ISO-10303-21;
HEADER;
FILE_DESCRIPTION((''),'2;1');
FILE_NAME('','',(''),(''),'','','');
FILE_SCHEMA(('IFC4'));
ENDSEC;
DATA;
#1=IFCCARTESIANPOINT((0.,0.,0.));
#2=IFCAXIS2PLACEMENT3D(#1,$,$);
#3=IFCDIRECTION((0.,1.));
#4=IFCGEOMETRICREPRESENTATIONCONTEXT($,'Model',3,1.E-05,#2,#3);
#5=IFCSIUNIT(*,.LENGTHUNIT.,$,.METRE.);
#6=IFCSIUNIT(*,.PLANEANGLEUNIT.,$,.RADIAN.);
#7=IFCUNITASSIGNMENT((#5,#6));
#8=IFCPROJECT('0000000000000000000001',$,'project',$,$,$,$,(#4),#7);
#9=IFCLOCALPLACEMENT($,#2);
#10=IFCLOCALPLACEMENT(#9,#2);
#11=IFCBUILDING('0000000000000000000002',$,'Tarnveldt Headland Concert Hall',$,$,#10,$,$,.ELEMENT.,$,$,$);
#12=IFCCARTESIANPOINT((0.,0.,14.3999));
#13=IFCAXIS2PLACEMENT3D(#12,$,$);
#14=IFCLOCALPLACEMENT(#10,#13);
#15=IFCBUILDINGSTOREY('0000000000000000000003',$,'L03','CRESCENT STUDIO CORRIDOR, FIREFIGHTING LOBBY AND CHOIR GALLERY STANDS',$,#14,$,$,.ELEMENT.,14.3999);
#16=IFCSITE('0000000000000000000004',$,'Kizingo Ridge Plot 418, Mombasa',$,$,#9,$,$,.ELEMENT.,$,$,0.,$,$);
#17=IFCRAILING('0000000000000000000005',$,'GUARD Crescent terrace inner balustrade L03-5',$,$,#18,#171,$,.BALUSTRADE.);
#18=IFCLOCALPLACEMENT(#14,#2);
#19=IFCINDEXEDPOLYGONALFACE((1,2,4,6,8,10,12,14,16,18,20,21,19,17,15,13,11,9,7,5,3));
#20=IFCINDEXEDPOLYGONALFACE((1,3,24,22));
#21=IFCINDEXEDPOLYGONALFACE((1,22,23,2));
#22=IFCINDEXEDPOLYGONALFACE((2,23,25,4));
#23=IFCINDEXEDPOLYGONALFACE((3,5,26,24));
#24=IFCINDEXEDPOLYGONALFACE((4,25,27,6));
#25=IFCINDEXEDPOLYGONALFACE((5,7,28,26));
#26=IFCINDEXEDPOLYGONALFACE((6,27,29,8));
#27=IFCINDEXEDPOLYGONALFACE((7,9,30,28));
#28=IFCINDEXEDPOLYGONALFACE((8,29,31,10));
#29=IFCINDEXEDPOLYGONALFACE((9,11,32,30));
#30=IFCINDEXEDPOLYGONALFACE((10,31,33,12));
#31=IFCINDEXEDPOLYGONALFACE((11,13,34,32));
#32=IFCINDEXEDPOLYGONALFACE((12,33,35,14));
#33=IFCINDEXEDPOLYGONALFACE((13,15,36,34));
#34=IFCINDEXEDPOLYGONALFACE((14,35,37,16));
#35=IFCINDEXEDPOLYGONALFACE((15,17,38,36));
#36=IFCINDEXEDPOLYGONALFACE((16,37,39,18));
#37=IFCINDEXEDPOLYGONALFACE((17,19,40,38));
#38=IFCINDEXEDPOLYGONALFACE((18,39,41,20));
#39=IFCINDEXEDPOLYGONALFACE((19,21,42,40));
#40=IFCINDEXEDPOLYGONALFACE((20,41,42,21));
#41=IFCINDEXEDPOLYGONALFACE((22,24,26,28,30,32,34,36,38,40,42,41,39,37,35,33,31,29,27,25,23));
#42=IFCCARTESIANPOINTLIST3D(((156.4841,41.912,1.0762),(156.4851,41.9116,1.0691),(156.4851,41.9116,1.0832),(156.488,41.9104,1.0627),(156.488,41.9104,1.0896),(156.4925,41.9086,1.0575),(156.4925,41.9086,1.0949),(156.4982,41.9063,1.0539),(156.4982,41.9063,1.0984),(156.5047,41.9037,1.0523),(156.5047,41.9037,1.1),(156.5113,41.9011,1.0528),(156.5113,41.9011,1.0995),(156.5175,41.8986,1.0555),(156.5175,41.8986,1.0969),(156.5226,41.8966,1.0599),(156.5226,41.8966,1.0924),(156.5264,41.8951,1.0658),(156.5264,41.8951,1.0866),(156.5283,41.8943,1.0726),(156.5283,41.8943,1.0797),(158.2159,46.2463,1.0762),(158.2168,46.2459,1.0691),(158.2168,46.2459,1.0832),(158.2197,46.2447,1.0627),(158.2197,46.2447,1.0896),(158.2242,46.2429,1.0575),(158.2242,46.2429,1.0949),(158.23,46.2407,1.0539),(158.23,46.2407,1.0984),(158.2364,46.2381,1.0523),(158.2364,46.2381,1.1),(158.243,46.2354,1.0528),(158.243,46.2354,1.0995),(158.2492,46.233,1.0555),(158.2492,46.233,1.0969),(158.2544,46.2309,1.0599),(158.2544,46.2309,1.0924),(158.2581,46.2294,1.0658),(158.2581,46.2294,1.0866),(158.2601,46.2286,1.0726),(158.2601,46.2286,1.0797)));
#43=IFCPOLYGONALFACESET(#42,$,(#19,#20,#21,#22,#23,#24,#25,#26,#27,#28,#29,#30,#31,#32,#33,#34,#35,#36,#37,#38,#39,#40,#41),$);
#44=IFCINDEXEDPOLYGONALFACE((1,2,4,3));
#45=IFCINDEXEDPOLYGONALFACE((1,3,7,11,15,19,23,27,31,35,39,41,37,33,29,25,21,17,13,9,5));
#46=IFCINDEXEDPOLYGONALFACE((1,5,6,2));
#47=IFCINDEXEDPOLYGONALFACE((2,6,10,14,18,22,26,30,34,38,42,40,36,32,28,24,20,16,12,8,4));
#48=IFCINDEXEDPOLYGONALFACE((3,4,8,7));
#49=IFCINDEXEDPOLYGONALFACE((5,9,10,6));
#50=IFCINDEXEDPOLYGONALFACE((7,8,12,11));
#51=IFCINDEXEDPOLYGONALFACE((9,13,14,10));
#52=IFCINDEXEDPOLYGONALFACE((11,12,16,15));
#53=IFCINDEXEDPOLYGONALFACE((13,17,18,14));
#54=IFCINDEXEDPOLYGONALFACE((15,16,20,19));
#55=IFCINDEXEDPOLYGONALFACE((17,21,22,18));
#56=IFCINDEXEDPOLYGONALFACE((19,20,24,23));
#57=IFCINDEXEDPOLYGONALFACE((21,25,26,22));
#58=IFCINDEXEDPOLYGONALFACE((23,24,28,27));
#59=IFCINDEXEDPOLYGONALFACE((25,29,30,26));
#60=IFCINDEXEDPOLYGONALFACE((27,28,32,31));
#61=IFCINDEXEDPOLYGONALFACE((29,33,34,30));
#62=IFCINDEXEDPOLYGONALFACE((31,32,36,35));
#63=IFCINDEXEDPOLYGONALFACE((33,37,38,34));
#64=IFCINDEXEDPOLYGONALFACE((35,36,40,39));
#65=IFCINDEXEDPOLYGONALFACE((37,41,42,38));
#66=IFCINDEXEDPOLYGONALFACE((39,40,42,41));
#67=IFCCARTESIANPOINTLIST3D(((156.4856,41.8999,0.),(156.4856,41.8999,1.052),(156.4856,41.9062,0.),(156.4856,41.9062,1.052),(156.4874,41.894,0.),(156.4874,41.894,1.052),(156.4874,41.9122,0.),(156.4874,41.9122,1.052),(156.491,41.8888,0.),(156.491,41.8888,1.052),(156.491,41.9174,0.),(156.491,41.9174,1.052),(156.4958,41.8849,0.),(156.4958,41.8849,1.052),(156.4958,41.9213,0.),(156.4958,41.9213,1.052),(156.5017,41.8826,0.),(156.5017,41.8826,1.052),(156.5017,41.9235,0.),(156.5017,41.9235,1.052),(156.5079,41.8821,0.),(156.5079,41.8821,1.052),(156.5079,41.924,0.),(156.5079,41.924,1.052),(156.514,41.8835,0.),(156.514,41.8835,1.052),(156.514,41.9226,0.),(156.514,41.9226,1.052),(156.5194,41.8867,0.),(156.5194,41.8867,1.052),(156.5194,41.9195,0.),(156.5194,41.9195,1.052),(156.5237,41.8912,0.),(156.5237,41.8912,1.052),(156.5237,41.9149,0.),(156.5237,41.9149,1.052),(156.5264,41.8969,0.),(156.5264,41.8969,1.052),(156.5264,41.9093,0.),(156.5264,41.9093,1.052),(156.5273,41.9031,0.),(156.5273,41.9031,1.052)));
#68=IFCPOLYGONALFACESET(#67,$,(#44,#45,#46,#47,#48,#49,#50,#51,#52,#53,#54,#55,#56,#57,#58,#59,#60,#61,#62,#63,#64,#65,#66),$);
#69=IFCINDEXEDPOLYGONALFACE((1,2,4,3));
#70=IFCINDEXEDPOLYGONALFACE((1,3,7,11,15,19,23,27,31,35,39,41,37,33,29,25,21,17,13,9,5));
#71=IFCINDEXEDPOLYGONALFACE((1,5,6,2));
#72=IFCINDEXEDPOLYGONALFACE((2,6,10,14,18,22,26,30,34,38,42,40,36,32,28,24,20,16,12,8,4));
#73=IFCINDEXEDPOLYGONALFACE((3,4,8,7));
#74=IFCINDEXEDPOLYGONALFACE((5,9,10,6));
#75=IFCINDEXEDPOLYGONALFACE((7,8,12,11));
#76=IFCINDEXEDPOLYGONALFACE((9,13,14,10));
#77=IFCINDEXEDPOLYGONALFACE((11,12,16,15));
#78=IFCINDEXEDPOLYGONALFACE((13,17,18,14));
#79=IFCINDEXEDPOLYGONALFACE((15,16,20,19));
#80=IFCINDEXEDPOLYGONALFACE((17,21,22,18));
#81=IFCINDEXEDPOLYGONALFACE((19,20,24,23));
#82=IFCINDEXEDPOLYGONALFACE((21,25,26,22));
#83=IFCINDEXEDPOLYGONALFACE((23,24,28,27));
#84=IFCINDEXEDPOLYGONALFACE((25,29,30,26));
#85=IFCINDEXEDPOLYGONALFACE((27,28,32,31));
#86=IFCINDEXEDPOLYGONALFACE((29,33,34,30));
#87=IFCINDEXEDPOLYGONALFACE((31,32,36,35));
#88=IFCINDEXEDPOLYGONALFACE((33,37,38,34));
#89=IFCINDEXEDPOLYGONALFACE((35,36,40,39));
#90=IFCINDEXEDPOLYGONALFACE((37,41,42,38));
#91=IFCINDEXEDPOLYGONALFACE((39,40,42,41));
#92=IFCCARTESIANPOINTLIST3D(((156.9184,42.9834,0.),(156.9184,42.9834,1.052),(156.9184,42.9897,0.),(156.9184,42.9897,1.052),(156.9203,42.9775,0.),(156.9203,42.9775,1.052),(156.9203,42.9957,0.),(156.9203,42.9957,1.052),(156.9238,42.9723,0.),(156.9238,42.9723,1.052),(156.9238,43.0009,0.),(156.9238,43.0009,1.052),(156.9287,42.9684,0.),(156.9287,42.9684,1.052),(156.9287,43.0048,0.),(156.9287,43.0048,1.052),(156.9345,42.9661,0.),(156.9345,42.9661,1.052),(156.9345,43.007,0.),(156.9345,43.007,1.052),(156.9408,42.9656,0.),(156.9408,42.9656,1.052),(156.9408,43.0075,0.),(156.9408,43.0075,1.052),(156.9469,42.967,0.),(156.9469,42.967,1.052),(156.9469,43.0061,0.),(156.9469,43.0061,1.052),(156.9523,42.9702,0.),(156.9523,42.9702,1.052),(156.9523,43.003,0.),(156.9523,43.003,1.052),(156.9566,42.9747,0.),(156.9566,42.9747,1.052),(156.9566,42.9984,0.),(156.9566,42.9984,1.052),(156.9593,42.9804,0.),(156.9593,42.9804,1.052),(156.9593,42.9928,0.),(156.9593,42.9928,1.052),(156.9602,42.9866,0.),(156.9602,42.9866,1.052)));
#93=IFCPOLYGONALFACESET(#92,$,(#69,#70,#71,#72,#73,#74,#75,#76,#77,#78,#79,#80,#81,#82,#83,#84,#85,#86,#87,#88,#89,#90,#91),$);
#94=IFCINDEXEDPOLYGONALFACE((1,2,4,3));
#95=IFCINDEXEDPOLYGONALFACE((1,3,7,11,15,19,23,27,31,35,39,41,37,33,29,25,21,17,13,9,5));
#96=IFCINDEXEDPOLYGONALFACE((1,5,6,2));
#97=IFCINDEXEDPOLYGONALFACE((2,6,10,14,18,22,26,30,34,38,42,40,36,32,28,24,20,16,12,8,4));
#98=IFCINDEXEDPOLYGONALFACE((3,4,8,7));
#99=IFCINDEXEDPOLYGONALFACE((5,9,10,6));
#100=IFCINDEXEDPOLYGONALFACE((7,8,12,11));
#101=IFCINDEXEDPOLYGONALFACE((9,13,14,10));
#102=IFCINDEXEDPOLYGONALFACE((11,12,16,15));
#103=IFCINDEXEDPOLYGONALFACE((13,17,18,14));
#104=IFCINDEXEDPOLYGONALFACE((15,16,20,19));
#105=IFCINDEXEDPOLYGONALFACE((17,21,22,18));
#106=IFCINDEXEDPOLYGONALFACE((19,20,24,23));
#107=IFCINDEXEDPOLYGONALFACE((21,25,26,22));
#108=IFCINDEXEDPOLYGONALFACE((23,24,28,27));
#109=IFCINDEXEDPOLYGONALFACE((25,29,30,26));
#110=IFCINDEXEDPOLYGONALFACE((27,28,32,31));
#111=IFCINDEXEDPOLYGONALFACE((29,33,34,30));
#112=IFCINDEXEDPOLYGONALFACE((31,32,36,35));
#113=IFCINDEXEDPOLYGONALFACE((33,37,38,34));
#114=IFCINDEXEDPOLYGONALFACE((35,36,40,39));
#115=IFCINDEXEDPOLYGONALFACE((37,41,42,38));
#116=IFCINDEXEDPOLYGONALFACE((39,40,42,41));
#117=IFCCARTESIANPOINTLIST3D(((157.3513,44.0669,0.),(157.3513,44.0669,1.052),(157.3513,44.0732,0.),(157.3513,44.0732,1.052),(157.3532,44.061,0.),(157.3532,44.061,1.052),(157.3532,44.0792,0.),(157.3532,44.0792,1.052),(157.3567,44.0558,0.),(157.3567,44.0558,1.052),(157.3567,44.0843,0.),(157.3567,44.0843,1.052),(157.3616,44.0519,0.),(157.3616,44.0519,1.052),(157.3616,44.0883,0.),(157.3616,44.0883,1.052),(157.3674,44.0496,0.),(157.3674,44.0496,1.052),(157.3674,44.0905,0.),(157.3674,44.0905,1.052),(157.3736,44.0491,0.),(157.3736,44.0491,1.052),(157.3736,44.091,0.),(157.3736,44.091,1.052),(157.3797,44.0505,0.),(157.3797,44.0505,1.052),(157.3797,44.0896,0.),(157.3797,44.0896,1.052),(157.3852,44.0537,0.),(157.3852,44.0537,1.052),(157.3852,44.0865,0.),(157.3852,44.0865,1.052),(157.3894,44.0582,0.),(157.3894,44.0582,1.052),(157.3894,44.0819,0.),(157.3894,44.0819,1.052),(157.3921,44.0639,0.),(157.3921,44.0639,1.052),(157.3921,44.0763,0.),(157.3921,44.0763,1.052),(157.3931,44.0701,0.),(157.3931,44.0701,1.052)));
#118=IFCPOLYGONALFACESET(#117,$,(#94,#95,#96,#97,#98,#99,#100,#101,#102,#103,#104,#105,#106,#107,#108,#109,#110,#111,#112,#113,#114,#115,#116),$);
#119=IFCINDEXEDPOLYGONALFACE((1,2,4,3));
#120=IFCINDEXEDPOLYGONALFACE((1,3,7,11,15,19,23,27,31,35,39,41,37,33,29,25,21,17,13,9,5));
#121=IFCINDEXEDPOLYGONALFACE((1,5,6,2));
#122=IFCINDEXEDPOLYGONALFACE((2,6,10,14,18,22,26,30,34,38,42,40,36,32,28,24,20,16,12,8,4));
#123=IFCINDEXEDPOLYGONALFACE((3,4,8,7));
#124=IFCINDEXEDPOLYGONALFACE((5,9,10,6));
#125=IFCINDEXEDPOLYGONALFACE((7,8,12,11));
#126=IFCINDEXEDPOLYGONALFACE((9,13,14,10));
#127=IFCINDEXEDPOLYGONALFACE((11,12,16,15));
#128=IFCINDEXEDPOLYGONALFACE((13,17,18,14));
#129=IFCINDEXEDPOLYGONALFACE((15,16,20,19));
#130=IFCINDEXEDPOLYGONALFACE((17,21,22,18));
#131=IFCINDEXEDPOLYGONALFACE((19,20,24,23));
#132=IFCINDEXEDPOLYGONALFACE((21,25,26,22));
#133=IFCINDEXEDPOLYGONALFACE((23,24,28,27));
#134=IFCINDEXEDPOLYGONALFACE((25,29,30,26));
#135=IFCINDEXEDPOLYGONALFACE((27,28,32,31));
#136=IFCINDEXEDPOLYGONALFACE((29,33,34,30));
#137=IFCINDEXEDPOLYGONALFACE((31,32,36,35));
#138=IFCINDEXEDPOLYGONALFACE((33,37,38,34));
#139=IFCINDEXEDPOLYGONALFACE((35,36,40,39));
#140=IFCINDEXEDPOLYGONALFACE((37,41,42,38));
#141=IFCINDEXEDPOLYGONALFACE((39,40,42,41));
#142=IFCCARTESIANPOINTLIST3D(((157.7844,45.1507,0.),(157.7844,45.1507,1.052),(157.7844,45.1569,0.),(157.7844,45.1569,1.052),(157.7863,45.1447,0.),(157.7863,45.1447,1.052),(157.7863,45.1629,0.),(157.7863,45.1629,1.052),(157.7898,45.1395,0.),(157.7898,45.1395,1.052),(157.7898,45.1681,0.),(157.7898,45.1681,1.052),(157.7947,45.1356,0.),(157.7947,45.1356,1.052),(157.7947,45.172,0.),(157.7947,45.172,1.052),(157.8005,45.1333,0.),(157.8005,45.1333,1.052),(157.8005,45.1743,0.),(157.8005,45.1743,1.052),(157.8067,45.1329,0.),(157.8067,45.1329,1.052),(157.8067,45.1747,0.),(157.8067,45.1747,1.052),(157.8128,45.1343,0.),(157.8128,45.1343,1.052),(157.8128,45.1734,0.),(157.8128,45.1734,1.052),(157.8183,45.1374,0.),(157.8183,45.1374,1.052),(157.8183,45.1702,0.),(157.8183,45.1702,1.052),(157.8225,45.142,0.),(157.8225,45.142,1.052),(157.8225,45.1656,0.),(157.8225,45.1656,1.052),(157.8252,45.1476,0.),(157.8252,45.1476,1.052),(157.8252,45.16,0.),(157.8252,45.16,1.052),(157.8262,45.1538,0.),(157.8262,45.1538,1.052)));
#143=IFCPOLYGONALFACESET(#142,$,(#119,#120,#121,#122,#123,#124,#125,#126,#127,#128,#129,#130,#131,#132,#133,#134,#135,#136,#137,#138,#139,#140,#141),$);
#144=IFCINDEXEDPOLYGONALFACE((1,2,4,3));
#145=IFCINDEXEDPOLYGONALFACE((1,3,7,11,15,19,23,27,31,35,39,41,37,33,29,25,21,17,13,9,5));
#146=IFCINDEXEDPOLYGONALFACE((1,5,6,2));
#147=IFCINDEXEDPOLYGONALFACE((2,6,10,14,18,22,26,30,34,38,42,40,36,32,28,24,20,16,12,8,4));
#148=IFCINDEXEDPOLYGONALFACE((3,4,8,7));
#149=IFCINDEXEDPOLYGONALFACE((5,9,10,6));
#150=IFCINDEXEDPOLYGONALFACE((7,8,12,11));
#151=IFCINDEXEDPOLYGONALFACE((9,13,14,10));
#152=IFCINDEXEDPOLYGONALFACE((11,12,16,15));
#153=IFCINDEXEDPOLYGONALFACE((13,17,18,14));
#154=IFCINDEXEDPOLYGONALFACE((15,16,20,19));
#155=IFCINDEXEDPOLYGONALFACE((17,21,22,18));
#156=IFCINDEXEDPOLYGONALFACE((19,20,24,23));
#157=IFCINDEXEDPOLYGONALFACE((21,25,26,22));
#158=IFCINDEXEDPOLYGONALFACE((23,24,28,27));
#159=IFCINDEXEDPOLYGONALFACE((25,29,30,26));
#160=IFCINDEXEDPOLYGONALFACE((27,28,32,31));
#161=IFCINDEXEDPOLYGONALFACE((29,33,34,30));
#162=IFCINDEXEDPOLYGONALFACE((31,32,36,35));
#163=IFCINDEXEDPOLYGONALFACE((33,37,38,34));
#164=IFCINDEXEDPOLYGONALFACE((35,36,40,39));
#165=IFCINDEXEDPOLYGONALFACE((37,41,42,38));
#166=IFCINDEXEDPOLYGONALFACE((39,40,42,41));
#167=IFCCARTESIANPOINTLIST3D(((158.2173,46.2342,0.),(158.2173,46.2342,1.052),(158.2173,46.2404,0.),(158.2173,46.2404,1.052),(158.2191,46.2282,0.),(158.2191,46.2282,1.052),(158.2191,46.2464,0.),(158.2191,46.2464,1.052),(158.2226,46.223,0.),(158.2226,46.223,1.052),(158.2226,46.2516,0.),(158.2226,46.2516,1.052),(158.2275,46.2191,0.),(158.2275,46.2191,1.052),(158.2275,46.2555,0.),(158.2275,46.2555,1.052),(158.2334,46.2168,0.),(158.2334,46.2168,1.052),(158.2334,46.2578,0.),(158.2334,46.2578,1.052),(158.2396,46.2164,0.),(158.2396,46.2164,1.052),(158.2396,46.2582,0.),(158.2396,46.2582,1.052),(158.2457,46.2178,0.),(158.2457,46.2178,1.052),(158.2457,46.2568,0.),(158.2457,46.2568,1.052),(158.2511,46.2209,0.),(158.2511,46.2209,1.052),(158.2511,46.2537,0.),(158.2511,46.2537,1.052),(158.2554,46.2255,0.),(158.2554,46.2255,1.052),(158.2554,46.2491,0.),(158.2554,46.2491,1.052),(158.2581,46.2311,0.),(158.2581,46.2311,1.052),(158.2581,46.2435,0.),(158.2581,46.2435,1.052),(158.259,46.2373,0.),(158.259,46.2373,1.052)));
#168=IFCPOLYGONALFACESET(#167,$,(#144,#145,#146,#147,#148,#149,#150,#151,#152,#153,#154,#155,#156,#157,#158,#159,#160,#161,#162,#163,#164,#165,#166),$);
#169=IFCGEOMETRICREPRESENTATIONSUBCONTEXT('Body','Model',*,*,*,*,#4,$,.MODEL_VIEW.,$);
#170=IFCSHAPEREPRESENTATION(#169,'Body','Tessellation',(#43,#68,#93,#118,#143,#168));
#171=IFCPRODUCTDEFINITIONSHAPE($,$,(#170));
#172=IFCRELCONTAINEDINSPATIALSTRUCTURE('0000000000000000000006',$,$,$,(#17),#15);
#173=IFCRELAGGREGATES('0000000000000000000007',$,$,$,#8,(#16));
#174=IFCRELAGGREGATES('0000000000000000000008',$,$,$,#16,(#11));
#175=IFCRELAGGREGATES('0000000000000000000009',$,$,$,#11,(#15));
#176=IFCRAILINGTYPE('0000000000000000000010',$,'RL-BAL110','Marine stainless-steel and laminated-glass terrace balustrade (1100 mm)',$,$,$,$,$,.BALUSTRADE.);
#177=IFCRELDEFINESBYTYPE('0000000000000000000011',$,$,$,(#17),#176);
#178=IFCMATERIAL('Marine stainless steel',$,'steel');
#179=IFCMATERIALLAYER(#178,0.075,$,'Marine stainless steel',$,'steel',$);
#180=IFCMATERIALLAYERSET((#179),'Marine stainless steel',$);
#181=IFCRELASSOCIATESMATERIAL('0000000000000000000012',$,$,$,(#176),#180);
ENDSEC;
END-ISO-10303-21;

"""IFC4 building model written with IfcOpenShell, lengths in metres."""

from ifc_helpers import new_model, si_unit, direction, frame, origin, origin_2d, place, context, subcontext, project, spatial, circle, extrude, material, layer, layer_set, type_object, element, save


model = new_model("IFC4")

# Units and contexts
model_context = context("Model", 3, precision=1e-05, world=origin(), true_north=direction((0.0, 1.0)))
body_context = subcontext(model_context, "Body", "Model", "MODEL_VIEW")
ifc_project = project(units=[si_unit("LENGTHUNIT", "METRE"), si_unit("PLANEANGLEUNIT", "RADIAN")], contexts=[model_context])

# Site, building, storey
site_placement = place(None, origin())
site = spatial("IfcSite", under=ifc_project, at=site_placement, Name="Kizingo Ridge Plot 418, Mombasa", CompositionType="ELEMENT", RefElevation=0.0)
building_placement = place(site_placement, origin())
building = spatial("IfcBuilding", under=site, at=building_placement, Name="Tarnveldt Headland Concert Hall", CompositionType="ELEMENT")
storey_placement = place(building_placement, frame((0.0, 0.0, 14.3999)))
storey = spatial("IfcBuildingStorey", under=building, at=storey_placement, Name="L03", Description="CRESCENT STUDIO CORRIDOR, FIREFIGHTING LOBBY AND CHOIR GALLERY STANDS", CompositionType="ELEMENT", Elevation=14.3999)

# Railing
ifc_material_1 = material(Name="Marine stainless steel", Category="steel")
ifc_layer_1 = layer(ifc_material_1, 0.075, Name="Marine stainless steel", Category="steel")
ifc_layer_set_1 = layer_set([ifc_layer_1], Name="Marine stainless steel")
railing_type = type_object("IfcRailingType", Name="RL-BAL110", Description="Marine stainless-steel and laminated-glass terrace balustrade (1100 mm)", PredefinedType="BALUSTRADE", material=ifc_layer_set_1)
railing_1_placement = place(storey_placement, frame((156.5063, 41.9031, 0.0)))
element("IfcRailing", 1, at=railing_1_placement, inside=storey, type_object=railing_type, Name="GUARD Crescent terrace inner balustrade L03-5", PredefinedType="BALUSTRADE", context=body_context, shape_type="SweptSolid", body=[
    extrude(circle(Radius=0.0239, at=origin_2d()), frame((0.0, 0.0, 1.0762), z_axis=(0.371021, 0.928625, 0.0), x_axis=(-0.928625, 0.371021, 0.0)), (0.0, 0.0, 1.0), 4.6675),
    extrude(circle(Radius=0.021, at=origin_2d()), origin(), (0.0, 0.0, 1.0), 1.052),
    extrude(circle(Radius=0.021, at=origin_2d()), frame((0.4329, 1.0835, 0.0)), (0.0, 0.0, 1.0), 1.052),
    extrude(circle(Radius=0.021, at=origin_2d()), frame((0.8657, 2.167, 0.0)), (0.0, 0.0, 1.0), 1.052),
    extrude(circle(Radius=0.021, at=origin_2d()), frame((1.2988, 3.2507, 0.0)), (0.0, 0.0, 1.0), 1.052),
    extrude(circle(Radius=0.021, at=origin_2d()), frame((1.7317, 4.3342, 0.0)), (0.0, 0.0, 1.0), 1.052),
])

save(model, "model.ifc")
